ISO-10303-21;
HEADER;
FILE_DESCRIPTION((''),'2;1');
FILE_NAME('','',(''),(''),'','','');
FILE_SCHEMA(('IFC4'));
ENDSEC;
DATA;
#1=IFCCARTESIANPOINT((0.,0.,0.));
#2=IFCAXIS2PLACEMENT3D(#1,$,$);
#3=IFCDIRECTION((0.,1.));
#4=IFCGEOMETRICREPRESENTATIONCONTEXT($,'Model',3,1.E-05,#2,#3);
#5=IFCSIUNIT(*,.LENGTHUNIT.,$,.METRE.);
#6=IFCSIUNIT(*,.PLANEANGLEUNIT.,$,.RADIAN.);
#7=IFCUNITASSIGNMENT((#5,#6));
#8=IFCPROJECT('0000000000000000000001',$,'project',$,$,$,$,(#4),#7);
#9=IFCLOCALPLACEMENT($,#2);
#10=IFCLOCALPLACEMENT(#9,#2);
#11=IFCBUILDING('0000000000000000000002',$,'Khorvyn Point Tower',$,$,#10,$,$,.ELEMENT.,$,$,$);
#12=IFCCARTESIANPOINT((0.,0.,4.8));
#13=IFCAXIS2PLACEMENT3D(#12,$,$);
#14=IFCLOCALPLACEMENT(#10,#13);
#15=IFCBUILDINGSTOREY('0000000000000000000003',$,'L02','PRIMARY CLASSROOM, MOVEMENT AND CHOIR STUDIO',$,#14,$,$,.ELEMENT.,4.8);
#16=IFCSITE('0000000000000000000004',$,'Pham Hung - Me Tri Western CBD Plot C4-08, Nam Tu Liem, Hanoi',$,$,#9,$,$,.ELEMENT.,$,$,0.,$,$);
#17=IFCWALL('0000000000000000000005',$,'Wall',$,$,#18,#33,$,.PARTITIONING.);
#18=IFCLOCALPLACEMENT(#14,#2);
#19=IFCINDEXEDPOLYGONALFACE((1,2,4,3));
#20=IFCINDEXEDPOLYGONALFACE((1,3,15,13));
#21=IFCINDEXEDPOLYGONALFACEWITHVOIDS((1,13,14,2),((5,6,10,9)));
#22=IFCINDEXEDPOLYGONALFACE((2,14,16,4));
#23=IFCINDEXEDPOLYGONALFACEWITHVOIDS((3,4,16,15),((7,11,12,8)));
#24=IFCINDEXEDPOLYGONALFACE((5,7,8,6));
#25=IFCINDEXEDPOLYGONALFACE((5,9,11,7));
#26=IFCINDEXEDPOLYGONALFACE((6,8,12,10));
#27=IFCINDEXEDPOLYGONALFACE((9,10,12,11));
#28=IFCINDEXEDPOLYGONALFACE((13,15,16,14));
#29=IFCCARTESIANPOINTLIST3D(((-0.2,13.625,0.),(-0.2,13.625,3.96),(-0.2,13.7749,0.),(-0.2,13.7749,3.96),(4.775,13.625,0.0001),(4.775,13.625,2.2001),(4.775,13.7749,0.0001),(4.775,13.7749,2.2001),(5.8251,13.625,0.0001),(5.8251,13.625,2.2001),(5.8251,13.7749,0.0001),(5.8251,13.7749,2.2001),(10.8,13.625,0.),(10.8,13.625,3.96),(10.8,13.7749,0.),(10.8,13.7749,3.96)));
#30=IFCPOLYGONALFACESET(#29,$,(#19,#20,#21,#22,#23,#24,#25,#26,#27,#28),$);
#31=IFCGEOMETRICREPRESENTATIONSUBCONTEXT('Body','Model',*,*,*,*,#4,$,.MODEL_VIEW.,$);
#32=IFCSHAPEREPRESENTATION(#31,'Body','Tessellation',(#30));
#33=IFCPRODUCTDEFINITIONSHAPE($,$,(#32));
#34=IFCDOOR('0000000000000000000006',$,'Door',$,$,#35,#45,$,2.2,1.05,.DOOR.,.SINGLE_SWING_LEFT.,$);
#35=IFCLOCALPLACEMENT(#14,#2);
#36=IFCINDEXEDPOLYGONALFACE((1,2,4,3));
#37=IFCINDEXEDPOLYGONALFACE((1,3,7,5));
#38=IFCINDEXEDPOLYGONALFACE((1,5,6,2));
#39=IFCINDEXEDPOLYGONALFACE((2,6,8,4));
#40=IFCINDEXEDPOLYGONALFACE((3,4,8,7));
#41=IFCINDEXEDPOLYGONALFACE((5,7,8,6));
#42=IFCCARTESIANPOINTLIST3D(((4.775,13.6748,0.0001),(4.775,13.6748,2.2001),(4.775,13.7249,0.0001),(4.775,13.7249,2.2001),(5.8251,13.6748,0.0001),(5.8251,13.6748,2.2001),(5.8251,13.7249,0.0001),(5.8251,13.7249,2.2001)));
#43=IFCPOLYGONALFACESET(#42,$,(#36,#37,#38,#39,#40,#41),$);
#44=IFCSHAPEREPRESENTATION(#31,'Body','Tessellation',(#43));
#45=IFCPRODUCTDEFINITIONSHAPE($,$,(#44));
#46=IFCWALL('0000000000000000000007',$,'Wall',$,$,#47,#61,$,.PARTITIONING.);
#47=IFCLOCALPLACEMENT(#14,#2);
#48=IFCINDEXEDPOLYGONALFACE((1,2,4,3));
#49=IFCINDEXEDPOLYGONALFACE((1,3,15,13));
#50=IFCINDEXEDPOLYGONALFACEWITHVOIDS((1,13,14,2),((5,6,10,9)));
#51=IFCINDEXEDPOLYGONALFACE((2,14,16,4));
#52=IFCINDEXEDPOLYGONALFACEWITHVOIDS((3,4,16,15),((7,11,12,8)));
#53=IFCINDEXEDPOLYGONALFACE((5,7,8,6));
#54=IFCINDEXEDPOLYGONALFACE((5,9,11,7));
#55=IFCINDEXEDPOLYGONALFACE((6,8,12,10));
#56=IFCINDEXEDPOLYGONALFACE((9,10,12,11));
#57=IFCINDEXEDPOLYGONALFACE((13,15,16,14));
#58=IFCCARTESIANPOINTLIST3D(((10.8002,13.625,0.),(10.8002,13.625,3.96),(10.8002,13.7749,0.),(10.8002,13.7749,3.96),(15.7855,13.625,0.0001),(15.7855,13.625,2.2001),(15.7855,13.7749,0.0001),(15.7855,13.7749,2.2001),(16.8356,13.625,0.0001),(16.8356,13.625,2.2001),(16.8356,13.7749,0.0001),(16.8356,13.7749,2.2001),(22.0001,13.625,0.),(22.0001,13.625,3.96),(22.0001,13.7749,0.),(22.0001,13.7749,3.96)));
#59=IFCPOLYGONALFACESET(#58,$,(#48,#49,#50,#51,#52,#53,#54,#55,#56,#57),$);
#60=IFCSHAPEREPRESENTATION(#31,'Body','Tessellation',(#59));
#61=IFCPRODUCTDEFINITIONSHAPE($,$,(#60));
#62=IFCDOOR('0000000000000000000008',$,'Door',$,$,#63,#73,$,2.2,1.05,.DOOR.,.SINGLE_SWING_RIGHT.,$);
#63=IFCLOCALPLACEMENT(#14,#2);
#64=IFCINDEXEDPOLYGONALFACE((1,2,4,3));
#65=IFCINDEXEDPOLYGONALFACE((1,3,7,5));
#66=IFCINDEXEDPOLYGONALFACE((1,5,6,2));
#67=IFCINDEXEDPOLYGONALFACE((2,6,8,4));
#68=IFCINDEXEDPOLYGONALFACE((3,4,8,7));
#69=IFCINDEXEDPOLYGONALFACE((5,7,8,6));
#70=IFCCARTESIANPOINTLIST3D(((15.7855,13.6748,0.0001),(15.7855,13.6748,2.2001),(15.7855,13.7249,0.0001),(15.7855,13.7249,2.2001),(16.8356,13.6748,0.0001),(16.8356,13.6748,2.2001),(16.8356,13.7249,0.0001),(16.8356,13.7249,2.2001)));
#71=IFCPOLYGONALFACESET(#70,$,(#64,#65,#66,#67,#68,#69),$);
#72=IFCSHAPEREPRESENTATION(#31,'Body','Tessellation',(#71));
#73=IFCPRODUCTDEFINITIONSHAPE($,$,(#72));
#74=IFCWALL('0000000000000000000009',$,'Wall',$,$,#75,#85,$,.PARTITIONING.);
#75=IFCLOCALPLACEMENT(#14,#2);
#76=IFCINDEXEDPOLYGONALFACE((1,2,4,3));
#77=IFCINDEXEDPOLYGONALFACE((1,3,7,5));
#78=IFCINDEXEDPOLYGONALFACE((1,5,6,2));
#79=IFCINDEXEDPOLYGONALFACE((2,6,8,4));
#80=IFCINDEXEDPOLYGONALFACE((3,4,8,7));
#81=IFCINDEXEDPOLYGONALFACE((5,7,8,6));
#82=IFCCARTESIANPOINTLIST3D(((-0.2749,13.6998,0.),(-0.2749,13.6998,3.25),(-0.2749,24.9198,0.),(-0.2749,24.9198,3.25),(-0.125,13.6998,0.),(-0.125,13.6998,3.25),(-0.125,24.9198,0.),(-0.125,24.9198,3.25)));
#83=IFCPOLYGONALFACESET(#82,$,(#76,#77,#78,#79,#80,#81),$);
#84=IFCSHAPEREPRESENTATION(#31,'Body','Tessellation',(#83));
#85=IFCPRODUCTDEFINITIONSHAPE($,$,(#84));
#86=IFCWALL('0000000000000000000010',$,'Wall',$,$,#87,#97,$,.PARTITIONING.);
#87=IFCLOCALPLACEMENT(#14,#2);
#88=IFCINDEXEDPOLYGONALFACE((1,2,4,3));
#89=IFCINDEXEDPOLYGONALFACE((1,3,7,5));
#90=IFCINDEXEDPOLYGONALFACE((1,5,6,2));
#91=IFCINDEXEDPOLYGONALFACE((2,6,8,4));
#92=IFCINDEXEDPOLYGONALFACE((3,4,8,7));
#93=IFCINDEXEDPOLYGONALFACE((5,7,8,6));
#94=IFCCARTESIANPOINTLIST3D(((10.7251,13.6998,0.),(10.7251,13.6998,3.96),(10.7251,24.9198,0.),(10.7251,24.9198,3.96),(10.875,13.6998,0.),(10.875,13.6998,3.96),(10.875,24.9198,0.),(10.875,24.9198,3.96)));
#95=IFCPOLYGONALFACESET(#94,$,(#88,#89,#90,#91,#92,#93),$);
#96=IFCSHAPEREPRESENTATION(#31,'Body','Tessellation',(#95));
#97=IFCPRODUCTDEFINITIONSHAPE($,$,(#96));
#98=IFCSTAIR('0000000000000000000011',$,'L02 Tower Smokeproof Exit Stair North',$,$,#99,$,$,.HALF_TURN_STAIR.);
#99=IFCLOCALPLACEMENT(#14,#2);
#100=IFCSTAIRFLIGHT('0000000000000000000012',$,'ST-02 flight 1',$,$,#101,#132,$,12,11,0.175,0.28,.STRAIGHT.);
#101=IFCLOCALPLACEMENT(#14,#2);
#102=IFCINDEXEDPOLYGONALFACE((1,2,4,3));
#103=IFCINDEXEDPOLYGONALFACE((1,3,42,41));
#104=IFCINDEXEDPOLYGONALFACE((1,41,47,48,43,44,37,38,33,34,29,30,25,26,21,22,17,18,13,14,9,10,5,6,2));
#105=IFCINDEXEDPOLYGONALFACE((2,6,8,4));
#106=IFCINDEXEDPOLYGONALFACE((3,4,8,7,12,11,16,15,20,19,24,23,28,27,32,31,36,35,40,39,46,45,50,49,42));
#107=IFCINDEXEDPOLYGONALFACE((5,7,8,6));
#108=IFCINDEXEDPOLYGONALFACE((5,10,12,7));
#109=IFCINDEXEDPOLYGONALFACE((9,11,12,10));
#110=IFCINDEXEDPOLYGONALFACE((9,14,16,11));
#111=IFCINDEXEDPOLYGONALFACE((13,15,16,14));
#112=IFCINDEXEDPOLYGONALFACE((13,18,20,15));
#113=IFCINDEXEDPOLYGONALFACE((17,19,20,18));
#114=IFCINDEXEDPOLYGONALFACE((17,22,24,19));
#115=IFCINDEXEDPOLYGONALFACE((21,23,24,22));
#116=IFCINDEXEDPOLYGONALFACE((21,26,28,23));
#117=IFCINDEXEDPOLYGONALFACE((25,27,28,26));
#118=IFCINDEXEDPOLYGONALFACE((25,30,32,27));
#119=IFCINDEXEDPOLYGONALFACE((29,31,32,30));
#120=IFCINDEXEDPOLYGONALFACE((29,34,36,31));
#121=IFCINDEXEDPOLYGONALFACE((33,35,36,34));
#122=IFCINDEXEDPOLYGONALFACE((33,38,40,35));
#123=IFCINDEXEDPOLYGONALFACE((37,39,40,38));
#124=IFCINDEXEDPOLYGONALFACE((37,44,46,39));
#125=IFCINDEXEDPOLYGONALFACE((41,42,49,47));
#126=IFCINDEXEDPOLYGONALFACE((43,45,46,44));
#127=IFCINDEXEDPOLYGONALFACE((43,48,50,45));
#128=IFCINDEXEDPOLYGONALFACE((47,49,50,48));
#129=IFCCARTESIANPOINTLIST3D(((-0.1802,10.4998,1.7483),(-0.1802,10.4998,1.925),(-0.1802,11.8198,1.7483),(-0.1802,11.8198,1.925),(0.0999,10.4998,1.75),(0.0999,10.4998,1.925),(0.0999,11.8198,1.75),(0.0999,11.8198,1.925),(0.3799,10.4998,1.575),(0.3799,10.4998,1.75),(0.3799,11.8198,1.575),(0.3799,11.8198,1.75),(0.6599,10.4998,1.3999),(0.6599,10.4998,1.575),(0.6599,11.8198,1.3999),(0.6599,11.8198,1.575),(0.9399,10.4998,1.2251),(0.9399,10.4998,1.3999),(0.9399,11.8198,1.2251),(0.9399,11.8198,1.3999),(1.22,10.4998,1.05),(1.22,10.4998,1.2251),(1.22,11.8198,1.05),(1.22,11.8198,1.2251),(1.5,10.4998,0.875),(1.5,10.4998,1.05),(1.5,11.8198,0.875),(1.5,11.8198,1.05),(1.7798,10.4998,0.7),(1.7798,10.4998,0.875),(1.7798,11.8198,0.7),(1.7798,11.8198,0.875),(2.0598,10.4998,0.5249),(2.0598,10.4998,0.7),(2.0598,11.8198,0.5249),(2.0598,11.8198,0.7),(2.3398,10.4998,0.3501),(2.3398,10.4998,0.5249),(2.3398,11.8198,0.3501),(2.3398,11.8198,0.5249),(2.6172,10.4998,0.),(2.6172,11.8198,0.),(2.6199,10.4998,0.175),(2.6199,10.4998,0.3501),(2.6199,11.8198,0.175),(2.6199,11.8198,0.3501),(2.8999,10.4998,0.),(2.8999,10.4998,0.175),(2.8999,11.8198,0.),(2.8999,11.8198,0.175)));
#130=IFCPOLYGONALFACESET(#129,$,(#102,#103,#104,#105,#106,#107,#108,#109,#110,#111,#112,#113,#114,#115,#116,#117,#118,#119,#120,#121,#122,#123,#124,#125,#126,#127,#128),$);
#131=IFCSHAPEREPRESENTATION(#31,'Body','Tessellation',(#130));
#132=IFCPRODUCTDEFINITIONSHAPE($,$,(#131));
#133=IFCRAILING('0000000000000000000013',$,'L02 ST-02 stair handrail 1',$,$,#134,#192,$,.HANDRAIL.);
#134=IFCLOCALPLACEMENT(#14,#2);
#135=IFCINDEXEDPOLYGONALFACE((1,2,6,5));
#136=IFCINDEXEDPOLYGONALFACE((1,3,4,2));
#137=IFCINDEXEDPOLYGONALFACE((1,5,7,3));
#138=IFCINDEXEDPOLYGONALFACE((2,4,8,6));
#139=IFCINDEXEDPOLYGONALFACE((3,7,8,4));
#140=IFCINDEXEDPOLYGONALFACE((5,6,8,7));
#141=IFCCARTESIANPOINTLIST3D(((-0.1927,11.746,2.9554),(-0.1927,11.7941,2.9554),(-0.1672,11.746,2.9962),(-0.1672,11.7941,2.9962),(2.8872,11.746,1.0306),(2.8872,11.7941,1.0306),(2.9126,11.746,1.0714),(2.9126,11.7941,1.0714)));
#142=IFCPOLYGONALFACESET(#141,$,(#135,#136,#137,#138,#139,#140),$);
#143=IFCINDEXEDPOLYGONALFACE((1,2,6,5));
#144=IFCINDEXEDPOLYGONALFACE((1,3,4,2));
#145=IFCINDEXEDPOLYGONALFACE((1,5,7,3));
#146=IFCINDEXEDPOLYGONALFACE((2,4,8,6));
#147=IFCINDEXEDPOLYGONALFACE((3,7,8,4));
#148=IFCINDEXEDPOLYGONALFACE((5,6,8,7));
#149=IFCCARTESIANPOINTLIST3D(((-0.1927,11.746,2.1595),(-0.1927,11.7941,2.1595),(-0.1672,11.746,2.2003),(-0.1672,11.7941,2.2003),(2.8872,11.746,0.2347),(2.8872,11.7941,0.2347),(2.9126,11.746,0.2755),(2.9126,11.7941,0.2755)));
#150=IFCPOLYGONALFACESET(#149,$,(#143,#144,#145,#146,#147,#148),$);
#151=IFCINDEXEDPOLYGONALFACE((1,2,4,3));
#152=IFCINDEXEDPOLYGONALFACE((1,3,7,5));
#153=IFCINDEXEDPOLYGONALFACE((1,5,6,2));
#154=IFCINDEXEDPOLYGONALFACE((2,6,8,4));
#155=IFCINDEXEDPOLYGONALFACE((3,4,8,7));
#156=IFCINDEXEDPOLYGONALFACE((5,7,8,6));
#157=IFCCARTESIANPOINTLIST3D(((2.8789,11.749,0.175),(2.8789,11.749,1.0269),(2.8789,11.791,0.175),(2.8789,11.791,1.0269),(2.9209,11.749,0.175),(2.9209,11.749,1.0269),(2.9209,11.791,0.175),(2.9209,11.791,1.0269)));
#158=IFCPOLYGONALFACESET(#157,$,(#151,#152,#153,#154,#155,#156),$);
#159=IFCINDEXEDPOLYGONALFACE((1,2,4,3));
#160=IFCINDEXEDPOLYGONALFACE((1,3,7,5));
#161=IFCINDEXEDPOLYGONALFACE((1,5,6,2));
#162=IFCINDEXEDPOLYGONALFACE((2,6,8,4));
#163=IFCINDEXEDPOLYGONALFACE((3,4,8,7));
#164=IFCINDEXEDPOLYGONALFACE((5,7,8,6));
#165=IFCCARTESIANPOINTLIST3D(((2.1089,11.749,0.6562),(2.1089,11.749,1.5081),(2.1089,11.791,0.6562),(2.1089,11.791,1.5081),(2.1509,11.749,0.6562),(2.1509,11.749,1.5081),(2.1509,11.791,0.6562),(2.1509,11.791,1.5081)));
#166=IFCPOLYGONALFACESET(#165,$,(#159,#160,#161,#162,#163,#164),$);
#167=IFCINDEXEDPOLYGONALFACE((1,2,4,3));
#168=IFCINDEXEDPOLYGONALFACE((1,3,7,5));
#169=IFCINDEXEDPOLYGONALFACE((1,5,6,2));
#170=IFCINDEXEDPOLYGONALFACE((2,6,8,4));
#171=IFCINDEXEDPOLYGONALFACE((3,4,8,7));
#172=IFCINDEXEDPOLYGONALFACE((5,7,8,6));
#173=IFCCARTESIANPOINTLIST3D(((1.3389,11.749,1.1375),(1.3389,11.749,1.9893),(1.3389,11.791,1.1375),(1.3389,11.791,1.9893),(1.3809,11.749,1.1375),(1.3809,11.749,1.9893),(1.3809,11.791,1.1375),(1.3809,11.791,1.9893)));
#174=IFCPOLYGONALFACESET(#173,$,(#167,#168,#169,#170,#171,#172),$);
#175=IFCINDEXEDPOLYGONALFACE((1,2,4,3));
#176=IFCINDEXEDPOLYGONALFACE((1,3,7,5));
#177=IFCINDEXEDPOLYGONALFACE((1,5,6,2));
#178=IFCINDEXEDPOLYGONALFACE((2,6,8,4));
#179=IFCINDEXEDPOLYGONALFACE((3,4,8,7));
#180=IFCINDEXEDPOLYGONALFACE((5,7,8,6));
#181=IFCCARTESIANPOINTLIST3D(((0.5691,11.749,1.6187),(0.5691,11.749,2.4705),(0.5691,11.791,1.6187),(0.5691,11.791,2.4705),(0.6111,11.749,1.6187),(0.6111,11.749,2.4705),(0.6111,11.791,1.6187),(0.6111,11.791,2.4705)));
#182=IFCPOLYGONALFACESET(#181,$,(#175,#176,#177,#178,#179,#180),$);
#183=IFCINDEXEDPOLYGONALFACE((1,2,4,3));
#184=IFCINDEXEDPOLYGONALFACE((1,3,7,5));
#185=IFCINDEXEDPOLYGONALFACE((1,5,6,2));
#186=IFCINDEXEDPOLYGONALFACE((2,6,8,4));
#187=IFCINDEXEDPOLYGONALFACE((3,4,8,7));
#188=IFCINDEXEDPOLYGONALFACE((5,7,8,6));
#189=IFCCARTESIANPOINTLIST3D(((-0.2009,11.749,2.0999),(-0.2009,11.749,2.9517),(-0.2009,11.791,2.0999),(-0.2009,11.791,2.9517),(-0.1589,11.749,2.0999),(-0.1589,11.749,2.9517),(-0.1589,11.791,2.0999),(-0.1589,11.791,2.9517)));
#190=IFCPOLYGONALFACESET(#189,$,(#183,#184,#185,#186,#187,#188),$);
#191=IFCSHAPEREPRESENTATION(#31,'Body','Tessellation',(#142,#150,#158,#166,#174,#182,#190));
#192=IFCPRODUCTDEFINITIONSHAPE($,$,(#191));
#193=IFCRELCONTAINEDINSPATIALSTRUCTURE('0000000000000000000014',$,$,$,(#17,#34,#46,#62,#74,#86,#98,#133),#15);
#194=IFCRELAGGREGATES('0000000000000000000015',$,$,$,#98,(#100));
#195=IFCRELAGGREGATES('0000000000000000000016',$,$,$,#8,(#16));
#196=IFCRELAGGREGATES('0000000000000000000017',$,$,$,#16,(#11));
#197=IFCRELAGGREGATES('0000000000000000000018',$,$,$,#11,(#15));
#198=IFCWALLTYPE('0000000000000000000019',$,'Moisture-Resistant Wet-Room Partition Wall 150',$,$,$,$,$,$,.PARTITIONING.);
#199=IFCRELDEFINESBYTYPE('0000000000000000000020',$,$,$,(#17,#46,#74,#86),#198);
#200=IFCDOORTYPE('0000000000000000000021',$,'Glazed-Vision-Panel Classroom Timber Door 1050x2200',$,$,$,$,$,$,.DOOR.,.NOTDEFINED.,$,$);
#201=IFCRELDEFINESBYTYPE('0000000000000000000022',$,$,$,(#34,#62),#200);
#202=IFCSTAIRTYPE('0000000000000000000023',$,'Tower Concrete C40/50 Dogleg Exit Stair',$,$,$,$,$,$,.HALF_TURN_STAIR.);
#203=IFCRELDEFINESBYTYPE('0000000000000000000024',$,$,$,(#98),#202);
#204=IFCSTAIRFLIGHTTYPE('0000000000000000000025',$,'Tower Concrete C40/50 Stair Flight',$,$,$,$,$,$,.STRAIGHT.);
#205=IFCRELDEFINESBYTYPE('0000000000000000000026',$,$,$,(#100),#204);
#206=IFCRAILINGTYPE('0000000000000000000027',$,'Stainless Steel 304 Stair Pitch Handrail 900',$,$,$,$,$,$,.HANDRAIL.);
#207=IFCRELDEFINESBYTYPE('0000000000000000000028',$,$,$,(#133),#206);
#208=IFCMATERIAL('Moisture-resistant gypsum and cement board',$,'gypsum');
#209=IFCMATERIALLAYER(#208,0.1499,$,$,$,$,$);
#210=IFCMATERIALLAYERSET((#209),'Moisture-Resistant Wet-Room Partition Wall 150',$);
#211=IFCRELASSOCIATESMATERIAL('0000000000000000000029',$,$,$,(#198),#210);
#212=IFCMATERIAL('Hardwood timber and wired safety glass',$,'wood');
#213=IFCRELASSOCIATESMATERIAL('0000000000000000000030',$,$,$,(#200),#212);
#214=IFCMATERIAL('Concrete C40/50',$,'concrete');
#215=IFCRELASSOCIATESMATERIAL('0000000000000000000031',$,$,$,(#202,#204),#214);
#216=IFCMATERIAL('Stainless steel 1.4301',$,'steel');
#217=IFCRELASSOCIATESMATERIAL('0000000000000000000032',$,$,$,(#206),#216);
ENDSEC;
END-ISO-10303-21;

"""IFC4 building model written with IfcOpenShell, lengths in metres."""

from ifc_helpers import new_model, si_unit, direction, frame, frame_2d, origin, origin_2d, place, context, subcontext, project, spatial, polyline, rectangle, outline, extrude, material, layer, layer_set, type_object, element, fill, aggregate, save


model = new_model("IFC4")

# Units and contexts
model_context = context("Model", 3, precision=1e-05, world=origin(), true_north=direction((0.0, 1.0)))
body_context = subcontext(model_context, "Body", "Model", "MODEL_VIEW")
ifc_project = project(units=[si_unit("LENGTHUNIT", "METRE"), si_unit("PLANEANGLEUNIT", "RADIAN")], contexts=[model_context])

# Site, building, storey
site_placement = place(None, origin())
site = spatial("IfcSite", under=ifc_project, at=site_placement, Name="Pham Hung - Me Tri Western CBD Plot C4-08, Nam Tu Liem, Hanoi", CompositionType="ELEMENT", RefElevation=0.0)
building_placement = place(site_placement, origin())
building = spatial("IfcBuilding", under=site, at=building_placement, Name="Khorvyn Point Tower", CompositionType="ELEMENT")
storey_placement = place(building_placement, frame((0.0, 0.0, 4.8)))
storey = spatial("IfcBuildingStorey", under=building, at=storey_placement, Name="L02", Description="PRIMARY CLASSROOM, MOVEMENT AND CHOIR STUDIO", CompositionType="ELEMENT", Elevation=4.8)

# Shared definitions
ifc_material_1 = material(Name="Concrete C40/50", Category="concrete")

# Walls, openings, doors
ifc_material_2 = material(Name="Moisture-resistant gypsum and cement board", Category="gypsum")
ifc_layer_1 = layer(ifc_material_2, 0.1499)
ifc_layer_set_1 = layer_set([ifc_layer_1], Name="Moisture-Resistant Wet-Room Partition Wall 150")
wall_type_1 = type_object("IfcWallType", Name="Moisture-Resistant Wet-Room Partition Wall 150", PredefinedType="PARTITIONING", material=ifc_layer_set_1)
wall_1_placement = place(storey_placement, frame((-0.2, 13.7, 0.0), z_axis=(0.0, 0.0, 1.0), x_axis=(1.0, 0.0, 0.0)))
wall_1 = element("IfcWall", 1, at=wall_1_placement, inside=storey, type_object=wall_type_1, Name="Wall", PredefinedType="PARTITIONING", context=body_context, shape_type="SweptSolid", body=[
    extrude(rectangle(XDim=11.0, YDim=0.1499, at=frame_2d((5.5, 0.0))), origin(), (0.0, 0.0, 1.0), 3.96),
])
opening_1_placement = place(wall_1_placement, frame((4.9751, 0.0, 0.0)))
opening_1 = element("IfcOpeningElement", 2, at=opening_1_placement, cuts=wall_1, PredefinedType="OPENING", context=body_context, shape_type="SweptSolid", body=[
    extrude(rectangle(XDim=1.05, YDim=2.2, at=frame_2d((0.5249, 1.1001))), frame((0.0, 0.085, 0.0), z_axis=(0.0, -1.0, 0.0), x_axis=(1.0, 0.0, 0.0)), (0.0, 0.0, 1.0), 0.1699),
])
ifc_material_3 = material(Name="Hardwood timber and wired safety glass", Category="wood")
door_type_1 = type_object("IfcDoorType", Name="Glazed-Vision-Panel Classroom Timber Door 1050x2200", OperationType="NOTDEFINED", PredefinedType="DOOR", material=ifc_material_3)
door_1_placement = place(opening_1_placement, origin())
door_1 = element("IfcDoor", 3, at=door_1_placement, inside=storey, type_object=door_type_1, Name="Door", OperationType="SINGLE_SWING_LEFT", OverallHeight=2.2, OverallWidth=1.05, PredefinedType="DOOR", context=body_context, shape_type="SweptSolid", body=[
    extrude(rectangle(XDim=1.05, YDim=2.2, at=frame_2d((0.5249, 1.1001))), frame((0.0, 0.0249, 0.0), z_axis=(0.0, -1.0, 0.0), x_axis=(1.0, 0.0, 0.0)), (0.0, 0.0, 1.0), 0.05),
])
fill(opening_1, door_1)
wall_2_placement = place(storey_placement, frame((10.8, 13.7, 0.0), z_axis=(0.0, 0.0, 1.0), x_axis=(1.0, 0.0, 0.0)))
wall_2 = element("IfcWall", 4, at=wall_2_placement, inside=storey, type_object=wall_type_1, Name="Wall", PredefinedType="PARTITIONING", context=body_context, shape_type="SweptSolid", body=[
    extrude(rectangle(XDim=11.2, YDim=0.1499, at=frame_2d((5.6001, 0.0))), origin(), (0.0, 0.0, 1.0), 3.96),
])
opening_2_placement = place(wall_2_placement, frame((4.9856, 0.0, 0.0)))
opening_2 = element("IfcOpeningElement", 5, at=opening_2_placement, cuts=wall_2, PredefinedType="OPENING", context=body_context, shape_type="SweptSolid", body=[
    extrude(rectangle(XDim=1.05, YDim=2.2, at=frame_2d((0.5249, 1.1001))), frame((0.0, 0.085, 0.0), z_axis=(0.0, -1.0, 0.0), x_axis=(1.0, 0.0, 0.0)), (0.0, 0.0, 1.0), 0.1699),
])
door_2_placement = place(opening_2_placement, origin())
door_2 = element("IfcDoor", 6, at=door_2_placement, inside=storey, type_object=door_type_1, Name="Door", OperationType="SINGLE_SWING_RIGHT", OverallHeight=2.2, OverallWidth=1.05, PredefinedType="DOOR", context=body_context, shape_type="SweptSolid", body=[
    extrude(rectangle(XDim=1.05, YDim=2.2, at=frame_2d((0.5249, 1.1001))), frame((0.0, 0.0249, 0.0), z_axis=(0.0, -1.0, 0.0), x_axis=(1.0, 0.0, 0.0)), (0.0, 0.0, 1.0), 0.05),
])
fill(opening_2, door_2)

# Walls
wall_3_placement = place(storey_placement, frame((-0.2, 13.7, 0.0), z_axis=(0.0, 0.0, 1.0), x_axis=(0.0, 1.0, 0.0)))
element("IfcWall", 7, at=wall_3_placement, inside=storey, type_object=wall_type_1, Name="Wall", PredefinedType="PARTITIONING", context=body_context, shape_type="SweptSolid", body=[
    extrude(rectangle(XDim=11.22, YDim=0.1499, at=frame_2d((5.6099, 0.0))), origin(), (0.0, 0.0, 1.0), 3.25),
])
wall_4_placement = place(storey_placement, frame((10.8, 13.7, 0.0), z_axis=(0.0, 0.0, 1.0), x_axis=(0.0, 1.0, 0.0)))
element("IfcWall", 8, at=wall_4_placement, inside=storey, type_object=wall_type_1, Name="Wall", PredefinedType="PARTITIONING", context=body_context, shape_type="SweptSolid", body=[
    extrude(rectangle(XDim=11.22, YDim=0.1499, at=frame_2d((5.6099, 0.0))), origin(), (0.0, 0.0, 1.0), 3.96),
])

# Stair, stair flight
stair_type = type_object("IfcStairType", Name="Tower Concrete C40/50 Dogleg Exit Stair", PredefinedType="HALF_TURN_STAIR", material=ifc_material_1)
stair_placement = place(storey_placement, origin())
stair = element("IfcStair", 9, at=stair_placement, inside=storey, type_object=stair_type, Name="L02 Tower Smokeproof Exit Stair North", PredefinedType="HALF_TURN_STAIR")
stair_flight_type = type_object("IfcStairFlightType", Name="Tower Concrete C40/50 Stair Flight", PredefinedType="STRAIGHT", material=ifc_material_1)
stair_flight_placement = place(storey_placement, frame((2.8999, 11.1599, 0.0), z_axis=(0.0, 0.0, 1.0), x_axis=(-1.0, 0.0, 0.0)))
stair_flight = element("IfcStairFlight", 10, at=stair_flight_placement, type_object=stair_flight_type, Name="ST-02 flight 1", NumberOfRisers=12, NumberOfTreads=11, PredefinedType="STRAIGHT", RiserHeight=0.175, TreadLength=0.28, context=body_context, shape_type="SweptSolid", body=[
    extrude(outline(polyline([(0.0, 0.0), (0.0, 0.175), (0.28, 0.175), (0.28, 0.3501), (0.5601, 0.3501), (0.5601, 0.5249), (0.8401, 0.5249), (0.8401, 0.7), (1.1201, 0.7), (1.1201, 0.875), (1.3999, 0.875), (1.3999, 1.05), (1.6799, 1.05), (1.6799, 1.2251), (1.96, 1.2251), (1.96, 1.3999), (2.24, 1.3999), (2.24, 1.575), (2.52, 1.575), (2.52, 1.75), (2.8, 1.75), (2.8, 1.925), (3.0801, 1.925), (3.0801, 2.1001), (3.0801, 1.7483), (0.2827, 0.0), (0.0, 0.0)])), frame((0.0, 0.6602, 0.0), z_axis=(0.0, -1.0, 0.0), x_axis=(1.0, 0.0, 0.0)), (0.0, 0.0, 1.0), 1.3201),
])
aggregate(stair, [stair_flight])

# Railing
ifc_material_4 = material(Name="Stainless steel 1.4301", Category="steel")
railing_type = type_object("IfcRailingType", Name="Stainless Steel 304 Stair Pitch Handrail 900", PredefinedType="HANDRAIL", material=ifc_material_4)
railing_placement = place(storey_placement, frame((2.8999, 11.77, 0.175)))
element("IfcRailing", 11, at=railing_placement, inside=storey, type_object=railing_type, Name="L02 ST-02 stair handrail 1", PredefinedType="HANDRAIL", context=body_context, shape_type="SweptSolid", body=[
    extrude(rectangle(XDim=0.0481, YDim=0.0481, at=origin_2d()), frame((0.0, 0.0, 0.876), z_axis=(-0.84801, 0.0, 0.529981), x_axis=(0.0, -1.0, 0.0)), (0.0, 0.0, 1.0), 3.6318),
    extrude(rectangle(XDim=0.0481, YDim=0.0481, at=origin_2d()), frame((0.0, 0.0, 0.0801), z_axis=(-0.84801, 0.0, 0.529981), x_axis=(0.0, -1.0, 0.0)), (0.0, 0.0, 1.0), 3.6318),
    extrude(rectangle(XDim=0.042, YDim=0.042, at=origin_2d()), origin(), (0.0, 0.0, 1.0), 0.8518),
    extrude(rectangle(XDim=0.042, YDim=0.042, at=origin_2d()), frame((-0.77, 0.0, 0.4812)), (0.0, 0.0, 1.0), 0.8518),
    extrude(rectangle(XDim=0.042, YDim=0.042, at=origin_2d()), frame((-1.54, 0.0, 0.9624)), (0.0, 0.0, 1.0), 0.8518),
    extrude(rectangle(XDim=0.042, YDim=0.042, at=origin_2d()), frame((-2.3098, 0.0, 1.4436)), (0.0, 0.0, 1.0), 0.8518),
    extrude(rectangle(XDim=0.042, YDim=0.042, at=origin_2d()), frame((-3.0798, 0.0, 1.9248)), (0.0, 0.0, 1.0), 0.8518),
])

save(model, "model.ifc")
